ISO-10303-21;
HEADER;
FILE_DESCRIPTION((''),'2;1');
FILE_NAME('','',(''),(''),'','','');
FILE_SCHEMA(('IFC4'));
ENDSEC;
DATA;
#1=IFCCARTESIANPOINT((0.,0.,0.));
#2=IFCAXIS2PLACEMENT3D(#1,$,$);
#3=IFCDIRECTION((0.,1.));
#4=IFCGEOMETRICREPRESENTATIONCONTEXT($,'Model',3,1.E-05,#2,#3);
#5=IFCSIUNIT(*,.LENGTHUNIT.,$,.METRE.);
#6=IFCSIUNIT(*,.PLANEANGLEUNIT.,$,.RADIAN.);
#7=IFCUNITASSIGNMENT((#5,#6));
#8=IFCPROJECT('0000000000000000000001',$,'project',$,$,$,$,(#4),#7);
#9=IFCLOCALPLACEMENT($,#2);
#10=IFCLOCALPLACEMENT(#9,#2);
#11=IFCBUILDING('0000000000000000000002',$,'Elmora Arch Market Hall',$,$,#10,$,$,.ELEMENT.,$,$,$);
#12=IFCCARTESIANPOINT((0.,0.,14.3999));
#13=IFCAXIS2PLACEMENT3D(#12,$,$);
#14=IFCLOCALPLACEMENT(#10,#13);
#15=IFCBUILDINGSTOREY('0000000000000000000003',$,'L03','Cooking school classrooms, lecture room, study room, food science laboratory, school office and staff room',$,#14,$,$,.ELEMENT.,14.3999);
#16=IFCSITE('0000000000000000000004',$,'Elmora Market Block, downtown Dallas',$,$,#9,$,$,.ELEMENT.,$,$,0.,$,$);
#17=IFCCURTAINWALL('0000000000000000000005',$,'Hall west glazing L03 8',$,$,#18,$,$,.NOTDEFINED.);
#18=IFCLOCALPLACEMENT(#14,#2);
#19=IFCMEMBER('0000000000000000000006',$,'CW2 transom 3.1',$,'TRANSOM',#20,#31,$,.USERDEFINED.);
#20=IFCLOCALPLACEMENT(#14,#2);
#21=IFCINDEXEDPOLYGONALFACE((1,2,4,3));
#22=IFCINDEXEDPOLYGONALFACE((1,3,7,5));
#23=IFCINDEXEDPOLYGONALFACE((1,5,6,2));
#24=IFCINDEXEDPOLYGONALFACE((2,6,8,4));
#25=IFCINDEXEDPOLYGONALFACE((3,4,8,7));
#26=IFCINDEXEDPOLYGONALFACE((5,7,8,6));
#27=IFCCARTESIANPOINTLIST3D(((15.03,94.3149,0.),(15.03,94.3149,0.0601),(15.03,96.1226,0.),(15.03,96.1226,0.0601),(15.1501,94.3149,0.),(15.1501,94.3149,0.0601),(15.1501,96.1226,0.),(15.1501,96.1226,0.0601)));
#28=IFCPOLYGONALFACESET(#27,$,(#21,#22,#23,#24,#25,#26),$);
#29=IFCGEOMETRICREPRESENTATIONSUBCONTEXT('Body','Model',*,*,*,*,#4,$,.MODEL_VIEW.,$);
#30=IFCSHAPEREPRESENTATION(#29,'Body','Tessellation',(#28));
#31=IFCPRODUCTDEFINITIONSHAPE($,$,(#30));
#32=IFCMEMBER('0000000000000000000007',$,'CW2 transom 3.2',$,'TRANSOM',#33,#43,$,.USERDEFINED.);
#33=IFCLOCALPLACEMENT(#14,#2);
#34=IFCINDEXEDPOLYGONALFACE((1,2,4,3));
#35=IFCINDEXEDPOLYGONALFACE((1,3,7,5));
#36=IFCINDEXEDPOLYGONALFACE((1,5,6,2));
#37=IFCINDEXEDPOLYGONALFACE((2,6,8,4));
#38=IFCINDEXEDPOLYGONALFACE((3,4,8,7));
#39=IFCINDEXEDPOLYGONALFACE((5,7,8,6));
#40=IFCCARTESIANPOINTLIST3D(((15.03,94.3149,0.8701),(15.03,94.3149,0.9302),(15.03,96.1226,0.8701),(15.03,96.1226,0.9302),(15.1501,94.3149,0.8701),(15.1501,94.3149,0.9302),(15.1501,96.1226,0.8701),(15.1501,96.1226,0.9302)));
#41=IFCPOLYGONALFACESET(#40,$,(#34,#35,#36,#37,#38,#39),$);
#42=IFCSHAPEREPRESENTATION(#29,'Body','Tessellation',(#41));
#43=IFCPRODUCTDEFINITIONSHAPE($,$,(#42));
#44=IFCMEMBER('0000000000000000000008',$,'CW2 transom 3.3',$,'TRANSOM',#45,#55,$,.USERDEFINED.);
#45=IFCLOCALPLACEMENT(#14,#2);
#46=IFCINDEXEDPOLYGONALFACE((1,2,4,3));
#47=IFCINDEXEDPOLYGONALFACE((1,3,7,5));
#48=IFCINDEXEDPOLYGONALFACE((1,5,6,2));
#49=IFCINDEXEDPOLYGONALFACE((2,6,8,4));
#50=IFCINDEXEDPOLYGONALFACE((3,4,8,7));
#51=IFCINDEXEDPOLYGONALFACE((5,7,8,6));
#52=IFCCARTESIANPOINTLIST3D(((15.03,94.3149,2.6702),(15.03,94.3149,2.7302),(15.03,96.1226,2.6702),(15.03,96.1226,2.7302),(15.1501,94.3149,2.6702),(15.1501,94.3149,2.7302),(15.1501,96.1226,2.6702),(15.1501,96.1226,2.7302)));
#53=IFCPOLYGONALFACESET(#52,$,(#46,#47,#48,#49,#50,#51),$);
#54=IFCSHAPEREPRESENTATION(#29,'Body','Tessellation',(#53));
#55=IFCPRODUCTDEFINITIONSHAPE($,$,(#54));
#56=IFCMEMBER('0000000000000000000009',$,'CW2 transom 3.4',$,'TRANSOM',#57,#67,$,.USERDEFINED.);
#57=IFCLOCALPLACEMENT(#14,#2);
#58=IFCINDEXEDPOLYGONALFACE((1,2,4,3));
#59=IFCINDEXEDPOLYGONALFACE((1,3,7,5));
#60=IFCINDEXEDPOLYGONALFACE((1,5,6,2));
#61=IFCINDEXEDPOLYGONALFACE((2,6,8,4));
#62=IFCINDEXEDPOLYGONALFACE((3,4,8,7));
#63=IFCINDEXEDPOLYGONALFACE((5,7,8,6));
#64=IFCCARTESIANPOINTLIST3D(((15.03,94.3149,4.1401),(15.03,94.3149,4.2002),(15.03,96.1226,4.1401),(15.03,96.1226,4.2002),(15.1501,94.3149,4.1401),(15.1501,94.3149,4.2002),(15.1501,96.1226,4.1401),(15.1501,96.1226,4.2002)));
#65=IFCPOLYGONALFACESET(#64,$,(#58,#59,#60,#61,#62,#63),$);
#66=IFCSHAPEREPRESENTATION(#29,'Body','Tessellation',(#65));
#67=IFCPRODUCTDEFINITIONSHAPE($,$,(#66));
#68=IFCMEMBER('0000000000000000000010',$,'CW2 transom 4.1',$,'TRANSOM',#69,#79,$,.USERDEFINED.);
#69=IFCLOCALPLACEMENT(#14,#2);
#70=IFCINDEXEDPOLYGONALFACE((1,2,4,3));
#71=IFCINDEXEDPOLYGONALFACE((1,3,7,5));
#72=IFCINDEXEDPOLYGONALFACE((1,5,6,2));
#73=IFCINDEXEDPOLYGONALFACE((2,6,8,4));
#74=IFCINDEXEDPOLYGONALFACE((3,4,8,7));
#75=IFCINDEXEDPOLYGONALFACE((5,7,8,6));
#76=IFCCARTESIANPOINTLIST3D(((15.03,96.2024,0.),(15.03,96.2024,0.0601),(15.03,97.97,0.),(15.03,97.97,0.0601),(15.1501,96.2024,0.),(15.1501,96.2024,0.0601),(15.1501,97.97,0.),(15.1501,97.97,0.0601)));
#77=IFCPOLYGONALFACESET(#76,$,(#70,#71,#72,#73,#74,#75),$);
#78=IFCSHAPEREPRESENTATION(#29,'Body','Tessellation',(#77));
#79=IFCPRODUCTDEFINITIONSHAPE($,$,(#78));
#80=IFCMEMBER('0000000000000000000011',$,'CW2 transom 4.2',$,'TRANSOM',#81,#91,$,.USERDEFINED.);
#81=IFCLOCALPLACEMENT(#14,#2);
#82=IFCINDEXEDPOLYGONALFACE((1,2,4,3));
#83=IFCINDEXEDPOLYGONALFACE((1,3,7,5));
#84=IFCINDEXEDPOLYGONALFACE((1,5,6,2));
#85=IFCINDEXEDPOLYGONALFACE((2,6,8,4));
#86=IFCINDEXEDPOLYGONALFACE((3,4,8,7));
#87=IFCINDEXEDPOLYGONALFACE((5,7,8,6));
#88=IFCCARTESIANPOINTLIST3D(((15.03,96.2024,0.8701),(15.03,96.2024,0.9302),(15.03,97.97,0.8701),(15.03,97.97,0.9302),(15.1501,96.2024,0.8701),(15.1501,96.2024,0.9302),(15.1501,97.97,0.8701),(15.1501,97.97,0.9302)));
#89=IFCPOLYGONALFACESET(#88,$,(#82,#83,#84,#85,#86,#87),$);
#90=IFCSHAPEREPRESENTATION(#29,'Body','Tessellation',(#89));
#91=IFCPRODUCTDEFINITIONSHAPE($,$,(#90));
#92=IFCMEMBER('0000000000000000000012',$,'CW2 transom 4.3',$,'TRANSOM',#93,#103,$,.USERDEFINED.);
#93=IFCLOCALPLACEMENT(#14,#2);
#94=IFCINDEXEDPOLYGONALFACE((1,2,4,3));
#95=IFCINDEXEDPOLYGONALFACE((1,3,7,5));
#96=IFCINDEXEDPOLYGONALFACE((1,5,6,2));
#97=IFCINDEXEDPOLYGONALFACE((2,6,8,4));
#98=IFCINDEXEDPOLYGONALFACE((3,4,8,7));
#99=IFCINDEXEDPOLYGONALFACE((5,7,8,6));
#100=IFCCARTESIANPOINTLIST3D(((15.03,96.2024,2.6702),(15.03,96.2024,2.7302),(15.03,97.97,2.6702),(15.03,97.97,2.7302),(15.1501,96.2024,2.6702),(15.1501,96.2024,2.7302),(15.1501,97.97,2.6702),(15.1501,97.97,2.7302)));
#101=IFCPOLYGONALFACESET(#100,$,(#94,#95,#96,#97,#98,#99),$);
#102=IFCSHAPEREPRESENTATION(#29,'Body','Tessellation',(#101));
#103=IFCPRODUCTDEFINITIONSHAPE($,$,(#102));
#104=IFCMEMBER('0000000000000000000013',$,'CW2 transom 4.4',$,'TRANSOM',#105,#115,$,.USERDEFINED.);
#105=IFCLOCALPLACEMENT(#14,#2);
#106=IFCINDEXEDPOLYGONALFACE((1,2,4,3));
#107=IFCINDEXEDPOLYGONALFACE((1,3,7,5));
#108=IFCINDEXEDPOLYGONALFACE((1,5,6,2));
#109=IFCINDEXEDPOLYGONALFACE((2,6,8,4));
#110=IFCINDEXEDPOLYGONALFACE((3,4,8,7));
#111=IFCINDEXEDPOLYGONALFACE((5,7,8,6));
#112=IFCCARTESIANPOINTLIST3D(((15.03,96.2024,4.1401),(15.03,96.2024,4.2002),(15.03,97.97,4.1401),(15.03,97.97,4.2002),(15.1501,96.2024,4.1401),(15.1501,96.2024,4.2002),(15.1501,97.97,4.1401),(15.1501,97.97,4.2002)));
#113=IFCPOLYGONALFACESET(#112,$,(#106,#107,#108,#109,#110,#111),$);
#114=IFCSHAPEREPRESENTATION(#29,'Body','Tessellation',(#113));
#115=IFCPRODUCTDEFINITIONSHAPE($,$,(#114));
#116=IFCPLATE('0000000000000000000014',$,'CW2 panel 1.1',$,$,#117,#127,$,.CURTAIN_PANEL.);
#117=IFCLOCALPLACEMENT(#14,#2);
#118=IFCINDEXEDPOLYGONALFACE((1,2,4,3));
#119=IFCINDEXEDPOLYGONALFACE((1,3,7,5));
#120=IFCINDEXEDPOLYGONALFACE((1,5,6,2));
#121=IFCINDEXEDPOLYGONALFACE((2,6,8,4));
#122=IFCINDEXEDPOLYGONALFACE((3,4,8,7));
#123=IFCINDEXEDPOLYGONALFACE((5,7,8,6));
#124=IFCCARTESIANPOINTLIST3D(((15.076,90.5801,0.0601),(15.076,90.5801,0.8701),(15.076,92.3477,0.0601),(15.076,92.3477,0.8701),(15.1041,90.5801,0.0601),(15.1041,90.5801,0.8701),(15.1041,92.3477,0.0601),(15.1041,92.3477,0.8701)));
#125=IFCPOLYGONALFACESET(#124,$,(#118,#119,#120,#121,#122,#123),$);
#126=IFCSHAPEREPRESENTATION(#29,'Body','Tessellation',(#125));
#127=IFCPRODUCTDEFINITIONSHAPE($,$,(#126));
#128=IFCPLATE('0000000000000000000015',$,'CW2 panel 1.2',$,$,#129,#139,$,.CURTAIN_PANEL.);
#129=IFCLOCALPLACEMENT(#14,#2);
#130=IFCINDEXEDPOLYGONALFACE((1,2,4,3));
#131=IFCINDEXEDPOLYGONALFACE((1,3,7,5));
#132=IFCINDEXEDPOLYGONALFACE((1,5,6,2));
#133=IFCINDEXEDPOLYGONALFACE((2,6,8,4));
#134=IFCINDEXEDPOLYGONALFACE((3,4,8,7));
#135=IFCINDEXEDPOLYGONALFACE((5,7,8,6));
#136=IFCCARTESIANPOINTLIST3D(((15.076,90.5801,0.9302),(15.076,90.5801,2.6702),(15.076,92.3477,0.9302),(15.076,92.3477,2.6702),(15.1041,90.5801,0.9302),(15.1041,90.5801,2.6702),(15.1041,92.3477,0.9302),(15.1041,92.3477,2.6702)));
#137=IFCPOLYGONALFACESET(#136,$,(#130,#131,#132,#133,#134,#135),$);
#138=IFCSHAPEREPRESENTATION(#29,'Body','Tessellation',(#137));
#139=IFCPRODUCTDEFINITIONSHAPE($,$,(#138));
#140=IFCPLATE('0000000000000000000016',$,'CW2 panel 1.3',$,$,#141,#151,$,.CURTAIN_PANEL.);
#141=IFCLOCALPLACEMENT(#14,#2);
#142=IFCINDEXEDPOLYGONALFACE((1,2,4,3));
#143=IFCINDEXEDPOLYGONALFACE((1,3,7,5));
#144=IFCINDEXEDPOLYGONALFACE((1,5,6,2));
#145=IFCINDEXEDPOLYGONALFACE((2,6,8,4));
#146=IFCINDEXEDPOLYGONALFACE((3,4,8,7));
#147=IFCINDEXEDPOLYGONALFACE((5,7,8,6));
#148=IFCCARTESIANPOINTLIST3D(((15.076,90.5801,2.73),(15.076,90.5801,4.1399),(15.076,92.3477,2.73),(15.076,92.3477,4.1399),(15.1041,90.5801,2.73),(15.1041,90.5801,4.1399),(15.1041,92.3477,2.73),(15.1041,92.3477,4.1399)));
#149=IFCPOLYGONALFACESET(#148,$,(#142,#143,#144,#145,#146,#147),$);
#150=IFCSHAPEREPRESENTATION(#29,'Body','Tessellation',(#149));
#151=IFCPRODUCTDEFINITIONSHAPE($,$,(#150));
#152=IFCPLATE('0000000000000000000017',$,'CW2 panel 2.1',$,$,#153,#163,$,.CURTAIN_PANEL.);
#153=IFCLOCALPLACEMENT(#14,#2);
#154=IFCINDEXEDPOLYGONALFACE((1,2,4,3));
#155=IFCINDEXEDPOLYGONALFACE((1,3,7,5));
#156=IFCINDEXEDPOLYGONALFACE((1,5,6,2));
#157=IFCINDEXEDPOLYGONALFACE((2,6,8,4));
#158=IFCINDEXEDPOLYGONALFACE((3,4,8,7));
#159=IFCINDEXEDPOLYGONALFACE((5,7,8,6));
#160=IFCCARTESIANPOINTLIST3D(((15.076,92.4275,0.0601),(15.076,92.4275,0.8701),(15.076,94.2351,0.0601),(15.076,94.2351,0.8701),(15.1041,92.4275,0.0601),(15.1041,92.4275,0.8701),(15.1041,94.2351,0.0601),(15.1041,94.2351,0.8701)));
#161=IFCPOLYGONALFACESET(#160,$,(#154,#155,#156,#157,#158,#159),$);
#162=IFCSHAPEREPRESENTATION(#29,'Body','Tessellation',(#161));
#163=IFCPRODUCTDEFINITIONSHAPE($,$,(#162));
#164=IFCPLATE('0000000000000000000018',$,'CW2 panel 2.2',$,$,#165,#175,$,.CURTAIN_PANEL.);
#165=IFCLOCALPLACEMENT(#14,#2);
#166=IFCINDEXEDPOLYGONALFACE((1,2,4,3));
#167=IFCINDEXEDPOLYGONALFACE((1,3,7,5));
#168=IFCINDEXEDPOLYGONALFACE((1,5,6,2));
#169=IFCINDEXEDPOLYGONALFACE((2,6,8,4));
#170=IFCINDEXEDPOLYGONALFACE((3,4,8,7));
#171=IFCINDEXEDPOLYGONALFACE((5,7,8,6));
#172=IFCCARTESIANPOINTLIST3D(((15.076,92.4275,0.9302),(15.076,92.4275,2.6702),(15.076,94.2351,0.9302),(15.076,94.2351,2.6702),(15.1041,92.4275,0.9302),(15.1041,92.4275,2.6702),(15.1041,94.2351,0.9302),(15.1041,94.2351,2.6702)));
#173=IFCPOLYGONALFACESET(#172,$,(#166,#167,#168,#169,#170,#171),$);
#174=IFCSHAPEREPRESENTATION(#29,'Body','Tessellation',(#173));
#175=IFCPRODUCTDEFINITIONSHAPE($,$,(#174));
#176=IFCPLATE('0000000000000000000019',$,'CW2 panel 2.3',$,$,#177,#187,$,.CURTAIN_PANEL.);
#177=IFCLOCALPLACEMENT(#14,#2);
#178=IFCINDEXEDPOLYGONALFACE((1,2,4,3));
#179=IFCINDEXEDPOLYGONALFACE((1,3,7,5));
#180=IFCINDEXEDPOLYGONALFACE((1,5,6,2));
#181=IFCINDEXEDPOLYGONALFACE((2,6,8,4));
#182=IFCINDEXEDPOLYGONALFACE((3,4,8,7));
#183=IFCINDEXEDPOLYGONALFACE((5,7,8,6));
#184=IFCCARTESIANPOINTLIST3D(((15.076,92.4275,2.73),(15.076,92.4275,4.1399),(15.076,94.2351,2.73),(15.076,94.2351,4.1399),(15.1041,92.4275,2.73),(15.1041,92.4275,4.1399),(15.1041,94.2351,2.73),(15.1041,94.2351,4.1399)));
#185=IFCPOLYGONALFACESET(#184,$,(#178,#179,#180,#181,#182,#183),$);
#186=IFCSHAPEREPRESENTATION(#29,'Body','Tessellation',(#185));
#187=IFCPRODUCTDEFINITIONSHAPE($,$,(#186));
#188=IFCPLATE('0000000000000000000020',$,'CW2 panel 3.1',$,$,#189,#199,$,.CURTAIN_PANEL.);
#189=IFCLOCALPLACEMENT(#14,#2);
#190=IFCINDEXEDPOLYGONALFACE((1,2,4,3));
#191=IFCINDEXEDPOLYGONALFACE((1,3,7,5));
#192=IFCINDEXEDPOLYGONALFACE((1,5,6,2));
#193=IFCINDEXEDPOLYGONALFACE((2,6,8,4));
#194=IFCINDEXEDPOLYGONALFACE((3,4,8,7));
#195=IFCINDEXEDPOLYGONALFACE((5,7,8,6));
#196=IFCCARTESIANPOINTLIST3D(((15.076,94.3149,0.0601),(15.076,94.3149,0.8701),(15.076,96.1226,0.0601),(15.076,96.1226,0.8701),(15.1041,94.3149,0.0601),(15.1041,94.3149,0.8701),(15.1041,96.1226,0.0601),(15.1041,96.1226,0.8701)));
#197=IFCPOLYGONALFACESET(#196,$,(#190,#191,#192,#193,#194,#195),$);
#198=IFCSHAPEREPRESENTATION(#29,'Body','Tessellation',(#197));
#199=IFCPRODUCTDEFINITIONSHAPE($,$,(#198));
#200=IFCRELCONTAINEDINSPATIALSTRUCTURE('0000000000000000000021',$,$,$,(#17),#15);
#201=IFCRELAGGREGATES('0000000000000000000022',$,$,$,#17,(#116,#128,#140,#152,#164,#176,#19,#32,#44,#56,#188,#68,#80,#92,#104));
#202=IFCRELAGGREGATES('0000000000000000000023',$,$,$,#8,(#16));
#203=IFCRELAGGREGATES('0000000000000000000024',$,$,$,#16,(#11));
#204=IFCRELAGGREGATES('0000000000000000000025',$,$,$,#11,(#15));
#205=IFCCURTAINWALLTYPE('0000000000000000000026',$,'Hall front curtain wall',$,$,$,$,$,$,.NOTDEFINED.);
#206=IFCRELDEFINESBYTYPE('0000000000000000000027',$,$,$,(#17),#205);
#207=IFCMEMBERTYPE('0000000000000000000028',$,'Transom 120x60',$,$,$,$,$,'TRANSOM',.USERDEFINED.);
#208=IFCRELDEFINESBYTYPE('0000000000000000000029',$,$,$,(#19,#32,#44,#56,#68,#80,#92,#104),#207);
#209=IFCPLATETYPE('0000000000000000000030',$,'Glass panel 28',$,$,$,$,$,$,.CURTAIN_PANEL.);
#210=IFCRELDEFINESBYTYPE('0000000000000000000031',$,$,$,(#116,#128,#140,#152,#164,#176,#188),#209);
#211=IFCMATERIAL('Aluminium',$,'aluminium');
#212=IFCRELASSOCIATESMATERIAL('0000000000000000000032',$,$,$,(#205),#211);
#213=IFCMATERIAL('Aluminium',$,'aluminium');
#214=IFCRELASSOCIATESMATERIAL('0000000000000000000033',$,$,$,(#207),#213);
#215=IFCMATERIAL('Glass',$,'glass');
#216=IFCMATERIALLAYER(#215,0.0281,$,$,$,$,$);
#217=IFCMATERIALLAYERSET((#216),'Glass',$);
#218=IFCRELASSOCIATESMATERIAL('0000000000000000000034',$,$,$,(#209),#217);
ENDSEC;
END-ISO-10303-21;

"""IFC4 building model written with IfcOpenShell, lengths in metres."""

from ifc_helpers import new_model, si_unit, direction, frame, origin, origin_2d, place, context, subcontext, project, spatial, rectangle, extrude, material, layer, layer_set, material_profile, profile_set, type_object, element, aggregate, save


model = new_model("IFC4")

# Units and contexts
model_context = context("Model", 3, precision=1e-05, world=origin(), true_north=direction((0.0, 1.0)))
body_context = subcontext(model_context, "Body", "Model", "MODEL_VIEW")
ifc_project = project(units=[si_unit("LENGTHUNIT", "METRE"), si_unit("PLANEANGLEUNIT", "RADIAN")], contexts=[model_context])

# Site, building, storey
site_placement = place(None, origin())
site = spatial("IfcSite", under=ifc_project, at=site_placement, Name="Elmora Market Block, downtown Dallas", CompositionType="ELEMENT", RefElevation=0.0)
building_placement = place(site_placement, origin())
building = spatial("IfcBuilding", under=site, at=building_placement, Name="Elmora Arch Market Hall", CompositionType="ELEMENT")
storey_placement = place(building_placement, frame((0.0, 0.0, 14.3999)))
storey = spatial("IfcBuildingStorey", under=building, at=storey_placement, Name="L03", Description="Cooking school classrooms, lecture room, study room, food science laboratory, school office and staff room", CompositionType="ELEMENT", Elevation=14.3999)

# Shared definitions
ifc_material_1 = material(Name="Aluminium", Category="aluminium")
curtain_wall_type = type_object("IfcCurtainWallType", Name="Hall front curtain wall", PredefinedType="NOTDEFINED", material=ifc_material_1)

# Curtain wall, members, plates
curtain_wall_1_placement = place(storey_placement, origin())
curtain_wall_1 = element("IfcCurtainWall", 1, at=curtain_wall_1_placement, inside=storey, type_object=curtain_wall_type, Name="Hall west glazing L03 8", PredefinedType="NOTDEFINED")
ifc_material_2 = material(Name="Aluminium", Category="aluminium")
ifc_material_profile_1 = material_profile(ifc_material_2, rectangle(XDim=0.1201, YDim=0.0601, at=origin_2d()), Name="AL 120x60")
ifc_profile_set_1 = profile_set([ifc_material_profile_1], Name="Aluminium")
member_type_1 = type_object("IfcMemberType", Name="Transom 120x60", ElementType="TRANSOM", PredefinedType="USERDEFINED", material=ifc_profile_set_1)
member_1_placement = place(storey_placement, frame((15.0901, 94.3149, 0.03), z_axis=(0.0, 1.0, 0.0), x_axis=(-1.0, 0.0, 0.0)))
member_1 = element("IfcMember", 2, at=member_1_placement, type_object=member_type_1, Name="CW2 transom 3.1", ObjectType="TRANSOM", PredefinedType="USERDEFINED", context=body_context, shape_type="SweptSolid", body=[
    extrude(rectangle(XDim=0.1201, YDim=0.0601, at=origin_2d()), origin(), (0.0, 0.0, 1.0), 1.8076),
])
member_2_placement = place(storey_placement, frame((15.0901, 94.3149, 0.9001), z_axis=(0.0, 1.0, 0.0), x_axis=(-1.0, 0.0, 0.0)))
member_2 = element("IfcMember", 3, at=member_2_placement, type_object=member_type_1, Name="CW2 transom 3.2", ObjectType="TRANSOM", PredefinedType="USERDEFINED", context=body_context, shape_type="SweptSolid", body=[
    extrude(rectangle(XDim=0.1201, YDim=0.0601, at=origin_2d()), origin(), (0.0, 0.0, 1.0), 1.8076),
])
member_3_placement = place(storey_placement, frame((15.0901, 94.3149, 2.7002), z_axis=(0.0, 1.0, 0.0), x_axis=(-1.0, 0.0, 0.0)))
member_3 = element("IfcMember", 4, at=member_3_placement, type_object=member_type_1, Name="CW2 transom 3.3", ObjectType="TRANSOM", PredefinedType="USERDEFINED", context=body_context, shape_type="SweptSolid", body=[
    extrude(rectangle(XDim=0.1201, YDim=0.0601, at=origin_2d()), origin(), (0.0, 0.0, 1.0), 1.8076),
])
member_4_placement = place(storey_placement, frame((15.0901, 94.3149, 4.1702), z_axis=(0.0, 1.0, 0.0), x_axis=(-1.0, 0.0, 0.0)))
member_4 = element("IfcMember", 5, at=member_4_placement, type_object=member_type_1, Name="CW2 transom 3.4", ObjectType="TRANSOM", PredefinedType="USERDEFINED", context=body_context, shape_type="SweptSolid", body=[
    extrude(rectangle(XDim=0.1201, YDim=0.0601, at=origin_2d()), origin(), (0.0, 0.0, 1.0), 1.8076),
])
member_5_placement = place(storey_placement, frame((15.0901, 96.2024, 0.03), z_axis=(0.0, 1.0, 0.0), x_axis=(-1.0, 0.0, 0.0)))
member_5 = element("IfcMember", 6, at=member_5_placement, type_object=member_type_1, Name="CW2 transom 4.1", ObjectType="TRANSOM", PredefinedType="USERDEFINED", context=body_context, shape_type="SweptSolid", body=[
    extrude(rectangle(XDim=0.1201, YDim=0.0601, at=origin_2d()), origin(), (0.0, 0.0, 1.0), 1.7676),
])
member_6_placement = place(storey_placement, frame((15.0901, 96.2024, 0.9001), z_axis=(0.0, 1.0, 0.0), x_axis=(-1.0, 0.0, 0.0)))
member_6 = element("IfcMember", 7, at=member_6_placement, type_object=member_type_1, Name="CW2 transom 4.2", ObjectType="TRANSOM", PredefinedType="USERDEFINED", context=body_context, shape_type="SweptSolid", body=[
    extrude(rectangle(XDim=0.1201, YDim=0.0601, at=origin_2d()), origin(), (0.0, 0.0, 1.0), 1.7676),
])
member_7_placement = place(storey_placement, frame((15.0901, 96.2024, 2.7002), z_axis=(0.0, 1.0, 0.0), x_axis=(-1.0, 0.0, 0.0)))
member_7 = element("IfcMember", 8, at=member_7_placement, type_object=member_type_1, Name="CW2 transom 4.3", ObjectType="TRANSOM", PredefinedType="USERDEFINED", context=body_context, shape_type="SweptSolid", body=[
    extrude(rectangle(XDim=0.1201, YDim=0.0601, at=origin_2d()), origin(), (0.0, 0.0, 1.0), 1.7676),
])
member_8_placement = place(storey_placement, frame((15.0901, 96.2024, 4.1702), z_axis=(0.0, 1.0, 0.0), x_axis=(-1.0, 0.0, 0.0)))
member_8 = element("IfcMember", 9, at=member_8_placement, type_object=member_type_1, Name="CW2 transom 4.4", ObjectType="TRANSOM", PredefinedType="USERDEFINED", context=body_context, shape_type="SweptSolid", body=[
    extrude(rectangle(XDim=0.1201, YDim=0.0601, at=origin_2d()), origin(), (0.0, 0.0, 1.0), 1.7676),
])
ifc_material_3 = material(Name="Glass", Category="glass")
ifc_layer = layer(ifc_material_3, 0.0281)
ifc_layer_set = layer_set([ifc_layer], Name="Glass")
plate_type = type_object("IfcPlateType", Name="Glass panel 28", PredefinedType="CURTAIN_PANEL", material=ifc_layer_set)
plate_1_placement = place(storey_placement, frame((15.0901, 91.4639, 0.0601), z_axis=(0.0, 0.0, 1.0), x_axis=(0.0, 1.0, 0.0)))
plate_1 = element("IfcPlate", 10, at=plate_1_placement, type_object=plate_type, Name="CW2 panel 1.1", PredefinedType="CURTAIN_PANEL", context=body_context, shape_type="SweptSolid", body=[
    extrude(rectangle(XDim=1.7676, YDim=0.0281, at=origin_2d()), origin(), (0.0, 0.0, 1.0), 0.8101),
])
plate_2_placement = place(storey_placement, frame((15.0901, 91.4639, 0.9302), z_axis=(0.0, 0.0, 1.0), x_axis=(0.0, 1.0, 0.0)))
plate_2 = element("IfcPlate", 11, at=plate_2_placement, type_object=plate_type, Name="CW2 panel 1.2", PredefinedType="CURTAIN_PANEL", context=body_context, shape_type="SweptSolid", body=[
    extrude(rectangle(XDim=1.7676, YDim=0.0281, at=origin_2d()), origin(), (0.0, 0.0, 1.0), 1.74),
])
plate_3_placement = place(storey_placement, frame((15.0901, 91.4639, 2.73), z_axis=(0.0, 0.0, 1.0), x_axis=(0.0, 1.0, 0.0)))
plate_3 = element("IfcPlate", 12, at=plate_3_placement, type_object=plate_type, Name="CW2 panel 1.3", PredefinedType="CURTAIN_PANEL", context=body_context, shape_type="SweptSolid", body=[
    extrude(rectangle(XDim=1.7676, YDim=0.0281, at=origin_2d()), origin(), (0.0, 0.0, 1.0), 1.4099),
])
plate_4_placement = place(storey_placement, frame((15.0901, 93.3313, 0.0601), z_axis=(0.0, 0.0, 1.0), x_axis=(0.0, 1.0, 0.0)))
plate_4 = element("IfcPlate", 13, at=plate_4_placement, type_object=plate_type, Name="CW2 panel 2.1", PredefinedType="CURTAIN_PANEL", context=body_context, shape_type="SweptSolid", body=[
    extrude(rectangle(XDim=1.8076, YDim=0.0281, at=origin_2d()), origin(), (0.0, 0.0, 1.0), 0.8101),
])
plate_5_placement = place(storey_placement, frame((15.0901, 93.3313, 0.9302), z_axis=(0.0, 0.0, 1.0), x_axis=(0.0, 1.0, 0.0)))
plate_5 = element("IfcPlate", 14, at=plate_5_placement, type_object=plate_type, Name="CW2 panel 2.2", PredefinedType="CURTAIN_PANEL", context=body_context, shape_type="SweptSolid", body=[
    extrude(rectangle(XDim=1.8076, YDim=0.0281, at=origin_2d()), origin(), (0.0, 0.0, 1.0), 1.74),
])
plate_6_placement = place(storey_placement, frame((15.0901, 93.3313, 2.73), z_axis=(0.0, 0.0, 1.0), x_axis=(0.0, 1.0, 0.0)))
plate_6 = element("IfcPlate", 15, at=plate_6_placement, type_object=plate_type, Name="CW2 panel 2.3", PredefinedType="CURTAIN_PANEL", context=body_context, shape_type="SweptSolid", body=[
    extrude(rectangle(XDim=1.8076, YDim=0.0281, at=origin_2d()), origin(), (0.0, 0.0, 1.0), 1.4099),
])
plate_7_placement = place(storey_placement, frame((15.0901, 95.2188, 0.0601), z_axis=(0.0, 0.0, 1.0), x_axis=(0.0, 1.0, 0.0)))
plate_7 = element("IfcPlate", 16, at=plate_7_placement, type_object=plate_type, Name="CW2 panel 3.1", PredefinedType="CURTAIN_PANEL", context=body_context, shape_type="SweptSolid", body=[
    extrude(rectangle(XDim=1.8076, YDim=0.0281, at=origin_2d()), origin(), (0.0, 0.0, 1.0), 0.8101),
])
aggregate(curtain_wall_1, [plate_1, plate_2, plate_3, plate_4, plate_5, plate_6, member_1, member_2, member_3, member_4, plate_7, member_5, member_6, member_7, member_8])

save(model, "model.ifc")
